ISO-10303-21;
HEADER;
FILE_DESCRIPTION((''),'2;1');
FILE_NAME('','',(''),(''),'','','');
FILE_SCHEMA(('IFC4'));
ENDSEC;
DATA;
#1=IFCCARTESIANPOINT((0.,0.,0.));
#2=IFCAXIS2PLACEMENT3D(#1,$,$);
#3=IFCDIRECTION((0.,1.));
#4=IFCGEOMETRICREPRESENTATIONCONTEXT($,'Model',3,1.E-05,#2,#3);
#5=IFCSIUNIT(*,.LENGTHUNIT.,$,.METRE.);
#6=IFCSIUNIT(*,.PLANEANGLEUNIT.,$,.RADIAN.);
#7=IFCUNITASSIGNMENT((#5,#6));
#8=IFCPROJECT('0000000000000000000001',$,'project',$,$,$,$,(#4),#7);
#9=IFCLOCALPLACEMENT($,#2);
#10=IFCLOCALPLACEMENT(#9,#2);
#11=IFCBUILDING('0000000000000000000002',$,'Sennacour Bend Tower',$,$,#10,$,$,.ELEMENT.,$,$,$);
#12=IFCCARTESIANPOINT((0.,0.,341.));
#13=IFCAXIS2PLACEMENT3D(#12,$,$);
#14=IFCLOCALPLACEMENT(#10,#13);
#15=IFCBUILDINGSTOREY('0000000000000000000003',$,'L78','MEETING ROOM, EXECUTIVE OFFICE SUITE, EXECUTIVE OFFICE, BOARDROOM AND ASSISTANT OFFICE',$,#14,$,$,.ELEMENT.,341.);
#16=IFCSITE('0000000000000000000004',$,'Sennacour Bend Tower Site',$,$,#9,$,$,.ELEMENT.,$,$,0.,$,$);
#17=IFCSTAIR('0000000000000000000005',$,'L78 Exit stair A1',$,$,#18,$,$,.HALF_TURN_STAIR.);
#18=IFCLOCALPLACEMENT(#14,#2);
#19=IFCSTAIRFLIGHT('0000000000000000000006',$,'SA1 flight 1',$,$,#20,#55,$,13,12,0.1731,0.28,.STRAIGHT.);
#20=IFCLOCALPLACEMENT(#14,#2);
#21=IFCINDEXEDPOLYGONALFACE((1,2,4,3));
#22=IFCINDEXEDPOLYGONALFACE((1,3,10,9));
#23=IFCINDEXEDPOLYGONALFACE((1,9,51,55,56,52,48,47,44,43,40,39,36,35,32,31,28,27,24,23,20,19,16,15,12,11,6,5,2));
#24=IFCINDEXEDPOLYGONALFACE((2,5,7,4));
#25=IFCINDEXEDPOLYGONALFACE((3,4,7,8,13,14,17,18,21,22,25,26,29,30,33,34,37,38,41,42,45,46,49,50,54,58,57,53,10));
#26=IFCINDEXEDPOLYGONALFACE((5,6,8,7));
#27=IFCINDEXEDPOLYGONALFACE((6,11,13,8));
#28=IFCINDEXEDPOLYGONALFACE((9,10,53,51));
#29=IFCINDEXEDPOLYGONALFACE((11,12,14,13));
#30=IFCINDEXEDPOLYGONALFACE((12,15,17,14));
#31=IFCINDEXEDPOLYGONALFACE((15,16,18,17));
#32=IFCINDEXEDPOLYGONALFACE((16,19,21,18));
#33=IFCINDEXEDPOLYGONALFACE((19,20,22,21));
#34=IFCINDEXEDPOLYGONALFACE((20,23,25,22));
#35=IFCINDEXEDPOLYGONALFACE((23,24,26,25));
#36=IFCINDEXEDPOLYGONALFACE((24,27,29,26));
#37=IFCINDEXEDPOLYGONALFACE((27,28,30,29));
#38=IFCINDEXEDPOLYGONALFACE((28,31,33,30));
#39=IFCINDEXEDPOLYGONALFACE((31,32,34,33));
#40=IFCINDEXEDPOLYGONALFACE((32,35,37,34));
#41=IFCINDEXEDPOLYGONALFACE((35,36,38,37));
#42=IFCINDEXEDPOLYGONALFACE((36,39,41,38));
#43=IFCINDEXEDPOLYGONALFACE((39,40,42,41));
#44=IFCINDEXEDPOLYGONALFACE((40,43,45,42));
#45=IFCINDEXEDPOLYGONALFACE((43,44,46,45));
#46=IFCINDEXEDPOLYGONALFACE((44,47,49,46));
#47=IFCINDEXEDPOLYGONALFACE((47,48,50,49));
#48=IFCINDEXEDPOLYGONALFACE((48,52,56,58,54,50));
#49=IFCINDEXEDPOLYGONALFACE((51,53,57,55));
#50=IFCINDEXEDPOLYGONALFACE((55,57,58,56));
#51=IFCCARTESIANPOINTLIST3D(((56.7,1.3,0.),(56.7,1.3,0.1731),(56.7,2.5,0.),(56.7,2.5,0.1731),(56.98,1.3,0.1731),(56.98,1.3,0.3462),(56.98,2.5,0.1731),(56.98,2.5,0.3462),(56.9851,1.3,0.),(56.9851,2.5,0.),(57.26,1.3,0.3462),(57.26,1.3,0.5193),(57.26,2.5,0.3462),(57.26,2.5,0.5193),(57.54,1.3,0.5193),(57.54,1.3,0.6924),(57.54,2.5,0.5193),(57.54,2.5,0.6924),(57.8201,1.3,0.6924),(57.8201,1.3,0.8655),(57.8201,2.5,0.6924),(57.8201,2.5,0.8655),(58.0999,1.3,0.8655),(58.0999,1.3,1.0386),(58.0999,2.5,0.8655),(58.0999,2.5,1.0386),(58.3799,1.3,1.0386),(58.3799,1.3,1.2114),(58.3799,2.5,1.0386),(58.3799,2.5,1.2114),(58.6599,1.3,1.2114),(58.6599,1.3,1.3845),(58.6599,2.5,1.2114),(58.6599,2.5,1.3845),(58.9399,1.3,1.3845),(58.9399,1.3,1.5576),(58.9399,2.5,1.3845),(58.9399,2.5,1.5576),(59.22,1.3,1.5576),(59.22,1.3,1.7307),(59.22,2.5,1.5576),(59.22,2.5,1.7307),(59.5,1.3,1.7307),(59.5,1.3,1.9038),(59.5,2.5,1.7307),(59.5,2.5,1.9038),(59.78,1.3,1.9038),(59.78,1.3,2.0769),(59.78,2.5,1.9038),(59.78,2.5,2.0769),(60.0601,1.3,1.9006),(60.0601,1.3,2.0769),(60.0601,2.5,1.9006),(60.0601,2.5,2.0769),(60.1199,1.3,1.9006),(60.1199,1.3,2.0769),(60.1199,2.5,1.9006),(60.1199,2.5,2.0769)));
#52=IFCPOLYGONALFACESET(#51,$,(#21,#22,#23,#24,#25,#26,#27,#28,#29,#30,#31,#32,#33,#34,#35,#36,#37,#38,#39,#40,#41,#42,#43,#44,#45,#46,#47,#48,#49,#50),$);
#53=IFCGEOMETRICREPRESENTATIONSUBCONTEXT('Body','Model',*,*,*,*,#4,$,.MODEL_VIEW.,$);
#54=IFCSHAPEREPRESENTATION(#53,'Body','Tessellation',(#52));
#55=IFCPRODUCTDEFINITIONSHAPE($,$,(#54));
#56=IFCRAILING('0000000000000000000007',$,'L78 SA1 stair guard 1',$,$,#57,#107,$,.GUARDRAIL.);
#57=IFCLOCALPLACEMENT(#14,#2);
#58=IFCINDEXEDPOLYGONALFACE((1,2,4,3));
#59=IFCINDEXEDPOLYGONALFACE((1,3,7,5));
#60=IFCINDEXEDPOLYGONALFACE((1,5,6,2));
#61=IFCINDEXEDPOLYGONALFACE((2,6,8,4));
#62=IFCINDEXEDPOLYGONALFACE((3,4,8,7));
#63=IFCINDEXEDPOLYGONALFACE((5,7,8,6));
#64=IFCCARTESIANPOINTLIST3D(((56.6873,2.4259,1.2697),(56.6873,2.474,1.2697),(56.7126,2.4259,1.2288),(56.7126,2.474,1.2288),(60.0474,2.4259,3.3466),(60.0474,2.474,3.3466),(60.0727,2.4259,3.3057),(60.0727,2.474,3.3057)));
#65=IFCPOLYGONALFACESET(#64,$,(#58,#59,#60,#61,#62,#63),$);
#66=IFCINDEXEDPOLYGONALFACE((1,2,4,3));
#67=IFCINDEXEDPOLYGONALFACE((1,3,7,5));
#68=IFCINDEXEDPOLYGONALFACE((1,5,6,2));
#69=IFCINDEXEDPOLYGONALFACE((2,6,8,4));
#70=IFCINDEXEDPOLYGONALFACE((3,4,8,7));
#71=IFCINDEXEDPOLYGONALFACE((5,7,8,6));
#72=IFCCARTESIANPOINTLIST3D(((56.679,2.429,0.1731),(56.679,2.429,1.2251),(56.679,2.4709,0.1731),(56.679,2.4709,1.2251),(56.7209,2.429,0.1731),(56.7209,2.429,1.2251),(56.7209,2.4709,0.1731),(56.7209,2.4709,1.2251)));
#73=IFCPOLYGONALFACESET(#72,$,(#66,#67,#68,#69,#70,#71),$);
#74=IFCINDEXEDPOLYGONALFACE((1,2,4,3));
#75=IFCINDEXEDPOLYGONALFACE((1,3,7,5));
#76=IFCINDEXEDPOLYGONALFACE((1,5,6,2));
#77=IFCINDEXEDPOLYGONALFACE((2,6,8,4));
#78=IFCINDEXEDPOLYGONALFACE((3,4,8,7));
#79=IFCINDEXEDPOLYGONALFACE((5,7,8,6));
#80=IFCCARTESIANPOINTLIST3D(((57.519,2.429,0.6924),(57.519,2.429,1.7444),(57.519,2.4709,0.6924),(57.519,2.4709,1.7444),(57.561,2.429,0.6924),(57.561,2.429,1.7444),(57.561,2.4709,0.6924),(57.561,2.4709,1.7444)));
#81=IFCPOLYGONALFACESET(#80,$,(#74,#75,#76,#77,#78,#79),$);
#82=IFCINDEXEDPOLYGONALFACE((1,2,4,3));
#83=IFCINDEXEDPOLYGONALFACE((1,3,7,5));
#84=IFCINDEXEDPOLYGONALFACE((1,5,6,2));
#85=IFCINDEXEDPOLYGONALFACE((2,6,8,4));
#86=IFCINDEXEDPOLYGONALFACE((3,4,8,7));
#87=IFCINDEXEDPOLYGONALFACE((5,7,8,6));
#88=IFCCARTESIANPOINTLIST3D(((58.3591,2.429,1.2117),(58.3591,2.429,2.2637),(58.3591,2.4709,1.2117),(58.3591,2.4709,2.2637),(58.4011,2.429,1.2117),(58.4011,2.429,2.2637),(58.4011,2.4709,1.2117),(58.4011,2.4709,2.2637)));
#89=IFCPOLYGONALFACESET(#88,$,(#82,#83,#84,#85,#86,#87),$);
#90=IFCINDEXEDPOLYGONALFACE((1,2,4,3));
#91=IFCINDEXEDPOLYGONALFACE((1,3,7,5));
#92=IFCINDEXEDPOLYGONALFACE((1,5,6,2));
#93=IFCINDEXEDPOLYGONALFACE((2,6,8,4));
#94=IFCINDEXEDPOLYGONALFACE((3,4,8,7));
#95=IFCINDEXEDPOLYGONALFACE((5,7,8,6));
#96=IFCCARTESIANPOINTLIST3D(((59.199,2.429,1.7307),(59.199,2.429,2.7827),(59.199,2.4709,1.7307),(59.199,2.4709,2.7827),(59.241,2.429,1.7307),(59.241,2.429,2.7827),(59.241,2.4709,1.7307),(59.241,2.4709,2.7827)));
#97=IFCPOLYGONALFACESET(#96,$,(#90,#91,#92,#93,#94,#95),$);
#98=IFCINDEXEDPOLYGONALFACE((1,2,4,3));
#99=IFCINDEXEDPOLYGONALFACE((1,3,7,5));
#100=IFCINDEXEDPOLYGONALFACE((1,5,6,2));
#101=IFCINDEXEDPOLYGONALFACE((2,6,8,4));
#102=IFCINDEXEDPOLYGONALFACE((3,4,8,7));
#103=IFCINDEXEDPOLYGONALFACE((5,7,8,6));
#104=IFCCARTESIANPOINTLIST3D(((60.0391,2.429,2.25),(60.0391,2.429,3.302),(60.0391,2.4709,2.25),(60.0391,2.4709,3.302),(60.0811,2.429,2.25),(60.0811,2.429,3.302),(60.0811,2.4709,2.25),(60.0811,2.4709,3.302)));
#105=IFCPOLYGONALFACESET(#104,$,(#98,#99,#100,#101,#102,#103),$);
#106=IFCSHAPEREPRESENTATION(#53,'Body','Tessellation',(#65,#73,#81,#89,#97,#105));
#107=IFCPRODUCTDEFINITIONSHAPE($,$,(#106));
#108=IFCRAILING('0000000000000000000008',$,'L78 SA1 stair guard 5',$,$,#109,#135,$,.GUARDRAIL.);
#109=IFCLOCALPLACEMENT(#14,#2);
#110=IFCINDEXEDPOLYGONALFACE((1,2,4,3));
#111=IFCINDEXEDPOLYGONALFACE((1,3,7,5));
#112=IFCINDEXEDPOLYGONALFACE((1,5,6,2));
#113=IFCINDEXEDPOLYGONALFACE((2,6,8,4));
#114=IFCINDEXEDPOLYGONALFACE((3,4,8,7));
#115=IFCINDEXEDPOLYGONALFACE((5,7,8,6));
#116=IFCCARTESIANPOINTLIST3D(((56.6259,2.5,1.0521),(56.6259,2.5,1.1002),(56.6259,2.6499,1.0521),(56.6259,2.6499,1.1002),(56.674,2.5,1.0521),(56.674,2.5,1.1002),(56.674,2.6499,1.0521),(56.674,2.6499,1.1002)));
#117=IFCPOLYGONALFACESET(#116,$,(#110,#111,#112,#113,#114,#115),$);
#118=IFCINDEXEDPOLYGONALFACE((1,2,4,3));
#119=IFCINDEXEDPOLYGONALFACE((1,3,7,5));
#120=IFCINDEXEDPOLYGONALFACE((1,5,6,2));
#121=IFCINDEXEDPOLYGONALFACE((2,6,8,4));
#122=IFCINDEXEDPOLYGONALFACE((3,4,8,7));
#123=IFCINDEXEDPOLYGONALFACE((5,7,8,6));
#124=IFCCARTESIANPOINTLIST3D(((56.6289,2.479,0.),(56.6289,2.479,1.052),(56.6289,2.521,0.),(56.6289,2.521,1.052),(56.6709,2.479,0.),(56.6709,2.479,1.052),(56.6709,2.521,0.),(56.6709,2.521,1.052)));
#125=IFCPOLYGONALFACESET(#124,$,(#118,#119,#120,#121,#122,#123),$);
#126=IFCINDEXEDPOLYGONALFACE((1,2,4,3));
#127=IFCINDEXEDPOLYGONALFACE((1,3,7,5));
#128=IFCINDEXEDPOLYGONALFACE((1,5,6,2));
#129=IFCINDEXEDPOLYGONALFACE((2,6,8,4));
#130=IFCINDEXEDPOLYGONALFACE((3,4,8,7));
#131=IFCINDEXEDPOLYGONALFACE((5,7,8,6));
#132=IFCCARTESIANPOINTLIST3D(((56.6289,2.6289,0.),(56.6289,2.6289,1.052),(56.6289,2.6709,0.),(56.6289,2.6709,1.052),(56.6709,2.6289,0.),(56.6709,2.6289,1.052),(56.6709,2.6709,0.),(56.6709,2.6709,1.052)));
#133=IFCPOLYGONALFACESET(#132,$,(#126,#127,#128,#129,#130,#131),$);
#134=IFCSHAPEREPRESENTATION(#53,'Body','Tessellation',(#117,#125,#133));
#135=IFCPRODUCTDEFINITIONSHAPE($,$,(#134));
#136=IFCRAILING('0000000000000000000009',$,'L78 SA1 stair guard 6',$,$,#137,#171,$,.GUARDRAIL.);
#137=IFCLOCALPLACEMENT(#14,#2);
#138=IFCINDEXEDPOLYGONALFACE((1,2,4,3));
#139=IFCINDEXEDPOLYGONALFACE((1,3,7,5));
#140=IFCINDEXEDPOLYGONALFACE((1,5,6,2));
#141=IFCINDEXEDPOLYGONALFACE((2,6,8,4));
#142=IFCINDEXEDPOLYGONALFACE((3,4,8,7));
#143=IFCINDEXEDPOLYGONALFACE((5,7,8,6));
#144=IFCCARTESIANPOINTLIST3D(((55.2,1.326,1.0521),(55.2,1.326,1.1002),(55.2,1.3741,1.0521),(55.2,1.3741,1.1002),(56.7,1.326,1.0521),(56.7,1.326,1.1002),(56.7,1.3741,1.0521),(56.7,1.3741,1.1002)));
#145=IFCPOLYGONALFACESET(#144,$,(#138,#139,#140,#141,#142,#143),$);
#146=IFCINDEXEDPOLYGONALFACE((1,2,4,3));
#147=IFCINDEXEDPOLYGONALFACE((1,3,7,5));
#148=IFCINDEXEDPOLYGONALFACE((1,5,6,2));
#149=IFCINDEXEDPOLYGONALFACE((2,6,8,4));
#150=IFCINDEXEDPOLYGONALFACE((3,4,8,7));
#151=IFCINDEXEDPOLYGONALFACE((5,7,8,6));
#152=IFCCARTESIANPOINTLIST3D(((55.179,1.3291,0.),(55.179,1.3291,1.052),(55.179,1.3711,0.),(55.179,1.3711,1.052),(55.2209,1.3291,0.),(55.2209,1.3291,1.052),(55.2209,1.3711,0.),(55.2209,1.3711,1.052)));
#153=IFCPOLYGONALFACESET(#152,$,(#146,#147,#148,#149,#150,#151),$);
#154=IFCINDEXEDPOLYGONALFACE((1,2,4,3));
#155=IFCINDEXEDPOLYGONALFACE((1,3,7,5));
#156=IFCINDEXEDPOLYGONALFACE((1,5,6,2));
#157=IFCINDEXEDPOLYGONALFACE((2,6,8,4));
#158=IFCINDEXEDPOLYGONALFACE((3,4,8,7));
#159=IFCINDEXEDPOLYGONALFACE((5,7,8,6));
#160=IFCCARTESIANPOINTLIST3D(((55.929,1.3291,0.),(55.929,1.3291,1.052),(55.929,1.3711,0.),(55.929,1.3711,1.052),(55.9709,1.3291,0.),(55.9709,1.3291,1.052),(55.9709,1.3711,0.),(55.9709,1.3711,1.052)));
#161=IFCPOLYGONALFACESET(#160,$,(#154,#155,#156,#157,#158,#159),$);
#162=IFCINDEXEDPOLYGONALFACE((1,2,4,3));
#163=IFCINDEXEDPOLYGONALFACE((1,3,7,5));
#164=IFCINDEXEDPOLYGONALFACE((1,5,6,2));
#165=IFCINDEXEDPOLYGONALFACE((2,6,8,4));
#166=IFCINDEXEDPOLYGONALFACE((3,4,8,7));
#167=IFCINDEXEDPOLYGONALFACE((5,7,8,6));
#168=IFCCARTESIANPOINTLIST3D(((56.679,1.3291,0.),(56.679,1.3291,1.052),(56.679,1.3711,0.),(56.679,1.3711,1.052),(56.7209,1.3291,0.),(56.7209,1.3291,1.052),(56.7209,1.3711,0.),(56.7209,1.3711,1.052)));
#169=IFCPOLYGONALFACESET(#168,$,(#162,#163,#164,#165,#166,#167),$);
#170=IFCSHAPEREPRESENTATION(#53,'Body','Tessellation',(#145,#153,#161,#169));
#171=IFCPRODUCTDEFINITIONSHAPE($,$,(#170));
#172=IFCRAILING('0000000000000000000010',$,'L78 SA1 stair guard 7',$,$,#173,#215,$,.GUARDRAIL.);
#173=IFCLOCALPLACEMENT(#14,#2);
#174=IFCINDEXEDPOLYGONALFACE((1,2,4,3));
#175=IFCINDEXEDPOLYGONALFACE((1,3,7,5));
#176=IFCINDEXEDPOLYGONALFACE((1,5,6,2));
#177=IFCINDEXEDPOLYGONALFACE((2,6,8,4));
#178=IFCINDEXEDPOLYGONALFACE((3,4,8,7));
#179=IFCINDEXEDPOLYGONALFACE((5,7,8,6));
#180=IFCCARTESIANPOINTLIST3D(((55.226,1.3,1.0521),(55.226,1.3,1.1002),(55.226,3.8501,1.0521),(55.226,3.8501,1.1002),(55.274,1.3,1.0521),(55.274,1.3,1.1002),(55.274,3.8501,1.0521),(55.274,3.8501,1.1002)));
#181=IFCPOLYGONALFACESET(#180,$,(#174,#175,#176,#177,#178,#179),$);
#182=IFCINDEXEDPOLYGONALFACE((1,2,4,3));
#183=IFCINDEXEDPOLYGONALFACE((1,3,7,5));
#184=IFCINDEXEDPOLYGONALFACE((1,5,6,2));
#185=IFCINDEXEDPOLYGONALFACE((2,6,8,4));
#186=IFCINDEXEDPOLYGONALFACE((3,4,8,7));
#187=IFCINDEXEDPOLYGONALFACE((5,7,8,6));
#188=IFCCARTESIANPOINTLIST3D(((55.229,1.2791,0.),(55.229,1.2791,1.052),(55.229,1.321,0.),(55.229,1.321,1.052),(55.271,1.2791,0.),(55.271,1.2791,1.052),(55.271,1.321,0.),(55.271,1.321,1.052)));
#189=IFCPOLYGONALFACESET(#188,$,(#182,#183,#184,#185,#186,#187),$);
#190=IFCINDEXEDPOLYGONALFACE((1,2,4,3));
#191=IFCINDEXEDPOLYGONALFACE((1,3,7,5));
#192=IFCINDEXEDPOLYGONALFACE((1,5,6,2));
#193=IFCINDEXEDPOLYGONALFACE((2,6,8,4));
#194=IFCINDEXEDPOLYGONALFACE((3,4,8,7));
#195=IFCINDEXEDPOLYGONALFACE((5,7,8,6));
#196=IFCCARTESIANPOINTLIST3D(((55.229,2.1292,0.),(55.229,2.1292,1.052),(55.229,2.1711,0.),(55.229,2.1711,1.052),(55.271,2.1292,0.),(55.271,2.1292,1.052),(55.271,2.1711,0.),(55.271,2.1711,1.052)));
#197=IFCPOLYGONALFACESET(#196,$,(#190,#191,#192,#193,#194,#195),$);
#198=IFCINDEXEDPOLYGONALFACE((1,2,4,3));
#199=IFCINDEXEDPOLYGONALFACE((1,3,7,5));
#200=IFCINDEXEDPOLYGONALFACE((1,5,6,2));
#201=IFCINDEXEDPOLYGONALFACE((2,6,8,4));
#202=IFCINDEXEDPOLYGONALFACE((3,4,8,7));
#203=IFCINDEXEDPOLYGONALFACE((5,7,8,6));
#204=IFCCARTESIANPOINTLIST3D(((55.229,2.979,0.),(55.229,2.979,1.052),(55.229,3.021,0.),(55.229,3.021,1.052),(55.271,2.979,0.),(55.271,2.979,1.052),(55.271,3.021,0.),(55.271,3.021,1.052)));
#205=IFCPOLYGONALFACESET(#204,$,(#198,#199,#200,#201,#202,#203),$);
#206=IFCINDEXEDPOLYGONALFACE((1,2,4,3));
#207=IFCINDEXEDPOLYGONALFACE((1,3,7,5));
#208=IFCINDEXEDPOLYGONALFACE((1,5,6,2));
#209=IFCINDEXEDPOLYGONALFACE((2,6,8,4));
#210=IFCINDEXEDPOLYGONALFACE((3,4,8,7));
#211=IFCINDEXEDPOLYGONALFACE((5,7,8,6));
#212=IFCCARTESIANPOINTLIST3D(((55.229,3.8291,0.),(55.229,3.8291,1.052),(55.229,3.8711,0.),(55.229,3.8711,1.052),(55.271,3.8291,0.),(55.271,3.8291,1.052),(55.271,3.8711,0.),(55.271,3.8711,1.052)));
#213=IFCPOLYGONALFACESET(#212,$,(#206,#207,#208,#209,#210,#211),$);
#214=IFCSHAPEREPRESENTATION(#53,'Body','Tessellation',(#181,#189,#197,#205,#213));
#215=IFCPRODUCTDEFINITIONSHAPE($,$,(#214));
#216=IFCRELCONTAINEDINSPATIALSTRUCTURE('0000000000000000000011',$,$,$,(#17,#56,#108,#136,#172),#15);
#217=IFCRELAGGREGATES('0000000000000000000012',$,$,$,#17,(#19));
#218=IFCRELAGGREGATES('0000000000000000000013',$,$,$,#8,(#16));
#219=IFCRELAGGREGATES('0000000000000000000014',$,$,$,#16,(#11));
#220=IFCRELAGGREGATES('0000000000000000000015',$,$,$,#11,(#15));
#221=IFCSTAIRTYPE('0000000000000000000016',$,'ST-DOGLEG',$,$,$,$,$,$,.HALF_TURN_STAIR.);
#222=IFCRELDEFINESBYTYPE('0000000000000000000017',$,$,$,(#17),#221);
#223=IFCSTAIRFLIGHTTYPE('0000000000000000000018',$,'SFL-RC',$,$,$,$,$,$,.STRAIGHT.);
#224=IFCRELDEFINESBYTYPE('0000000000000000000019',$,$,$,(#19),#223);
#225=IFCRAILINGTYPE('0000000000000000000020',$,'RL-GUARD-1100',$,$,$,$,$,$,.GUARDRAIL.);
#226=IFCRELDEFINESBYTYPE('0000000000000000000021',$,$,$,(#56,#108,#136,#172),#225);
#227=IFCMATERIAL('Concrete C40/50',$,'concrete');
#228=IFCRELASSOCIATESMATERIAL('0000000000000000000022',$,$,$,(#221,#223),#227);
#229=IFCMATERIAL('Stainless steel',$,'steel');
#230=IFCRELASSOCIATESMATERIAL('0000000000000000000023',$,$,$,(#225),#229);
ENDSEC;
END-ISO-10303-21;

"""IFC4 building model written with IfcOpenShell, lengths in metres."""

from ifc_helpers import new_model, si_unit, direction, frame, origin, origin_2d, place, context, subcontext, project, spatial, polyline, rectangle, outline, extrude, material, type_object, element, aggregate, save


model = new_model("IFC4")

# Units and contexts
model_context = context("Model", 3, precision=1e-05, world=origin(), true_north=direction((0.0, 1.0)))
body_context = subcontext(model_context, "Body", "Model", "MODEL_VIEW")
ifc_project = project(units=[si_unit("LENGTHUNIT", "METRE"), si_unit("PLANEANGLEUNIT", "RADIAN")], contexts=[model_context])

# Site, building, storey
site_placement = place(None, origin())
site = spatial("IfcSite", under=ifc_project, at=site_placement, Name="Sennacour Bend Tower Site", CompositionType="ELEMENT", RefElevation=0.0)
building_placement = place(site_placement, origin())
building = spatial("IfcBuilding", under=site, at=building_placement, Name="Sennacour Bend Tower", CompositionType="ELEMENT")
storey_placement = place(building_placement, frame((0.0, 0.0, 341.0)))
storey = spatial("IfcBuildingStorey", under=building, at=storey_placement, Name="L78", Description="MEETING ROOM, EXECUTIVE OFFICE SUITE, EXECUTIVE OFFICE, BOARDROOM AND ASSISTANT OFFICE", CompositionType="ELEMENT", Elevation=341.0)

# Shared definitions
ifc_material_1 = material(Name="Stainless steel", Category="steel")

# Stair, stair flight
ifc_material_2 = material(Name="Concrete C40/50", Category="concrete")
stair_type = type_object("IfcStairType", Name="ST-DOGLEG", PredefinedType="HALF_TURN_STAIR", material=ifc_material_2)
stair_placement = place(storey_placement, origin())
stair = element("IfcStair", 1, at=stair_placement, inside=storey, type_object=stair_type, Name="L78 Exit stair A1", PredefinedType="HALF_TURN_STAIR")
stair_flight_type = type_object("IfcStairFlightType", Name="SFL-RC", PredefinedType="STRAIGHT", material=ifc_material_2)
stair_flight_placement = place(storey_placement, frame((56.7, 1.8999, 0.0), z_axis=(0.0, 0.0, 1.0), x_axis=(1.0, 0.0, 0.0)))
stair_flight = element("IfcStairFlight", 2, at=stair_flight_placement, type_object=stair_flight_type, Name="SA1 flight 1", NumberOfRisers=13, NumberOfTreads=12, PredefinedType="STRAIGHT", RiserHeight=0.1731, TreadLength=0.28, context=body_context, shape_type="SweptSolid", body=[
    extrude(outline(polyline([(0.0, 0.0), (0.0, 0.1731), (0.28, 0.1731), (0.28, 0.3462), (0.5601, 0.3462), (0.5601, 0.5193), (0.8401, 0.5193), (0.8401, 0.6924), (1.1201, 0.6924), (1.1201, 0.8655), (1.3999, 0.8655), (1.3999, 1.0386), (1.6799, 1.0386), (1.6799, 1.2114), (1.96, 1.2114), (1.96, 1.3845), (2.24, 1.3845), (2.24, 1.5576), (2.52, 1.5576), (2.52, 1.7307), (2.8, 1.7307), (2.8, 1.9038), (3.0801, 1.9038), (3.0801, 2.0769), (3.3601, 2.0769), (3.4199, 2.0769), (3.4199, 1.9006), (3.3601, 1.9006), (0.2852, 0.0), (0.0, 0.0)])), frame((0.0, 0.6001, 0.0), z_axis=(0.0, -1.0, 0.0), x_axis=(1.0, 0.0, 0.0)), (0.0, 0.0, 1.0), 1.2),
])
aggregate(stair, [stair_flight])

# Railings
railing_type_1 = type_object("IfcRailingType", Name="RL-GUARD-1100", PredefinedType="GUARDRAIL", material=ifc_material_1)
railing_1_placement = place(storey_placement, frame((56.7, 2.45, 0.1731)))
element("IfcRailing", 3, at=railing_1_placement, inside=storey, type_object=railing_type_1, Name="L78 SA1 stair guard 1", PredefinedType="GUARDRAIL", context=body_context, shape_type="SweptSolid", body=[
    extrude(rectangle(XDim=0.0481, YDim=0.0481, at=origin_2d()), frame((0.0, 0.0, 1.0762), z_axis=(0.850623, 0.0, 0.525776), x_axis=(0.0, 1.0, 0.0)), (0.0, 0.0, 1.0), 3.9502),
    extrude(rectangle(XDim=0.042, YDim=0.042, at=origin_2d()), origin(), (0.0, 0.0, 1.0), 1.052),
    extrude(rectangle(XDim=0.042, YDim=0.042, at=origin_2d()), frame((0.8401, 0.0, 0.5193)), (0.0, 0.0, 1.0), 1.052),
    extrude(rectangle(XDim=0.042, YDim=0.042, at=origin_2d()), frame((1.6802, 0.0, 1.0386)), (0.0, 0.0, 1.0), 1.052),
    extrude(rectangle(XDim=0.042, YDim=0.042, at=origin_2d()), frame((2.52, 0.0, 1.5576)), (0.0, 0.0, 1.0), 1.052),
    extrude(rectangle(XDim=0.042, YDim=0.042, at=origin_2d()), frame((3.3601, 0.0, 2.0769)), (0.0, 0.0, 1.0), 1.052),
])
railing_2_placement = place(storey_placement, frame((56.6499, 2.5, 0.0)))
element("IfcRailing", 4, at=railing_2_placement, inside=storey, type_object=railing_type_1, Name="L78 SA1 stair guard 5", PredefinedType="GUARDRAIL", context=body_context, shape_type="SweptSolid", body=[
    extrude(rectangle(XDim=0.0481, YDim=0.0481, at=origin_2d()), frame((0.0, 0.0, 1.0762), z_axis=(0.0, 1.0, 0.0), x_axis=(-1.0, 0.0, 0.0)), (0.0, 0.0, 1.0), 0.1499),
    extrude(rectangle(XDim=0.042, YDim=0.042, at=origin_2d()), origin(), (0.0, 0.0, 1.0), 1.052),
    extrude(rectangle(XDim=0.042, YDim=0.042, at=origin_2d()), frame((0.0, 0.1499, 0.0)), (0.0, 0.0, 1.0), 1.052),
])
railing_3_placement = place(storey_placement, frame((55.2, 1.3501, 0.0)))
element("IfcRailing", 5, at=railing_3_placement, inside=storey, type_object=railing_type_1, Name="L78 SA1 stair guard 6", PredefinedType="GUARDRAIL", context=body_context, shape_type="SweptSolid", body=[
    extrude(rectangle(XDim=0.0481, YDim=0.0481, at=origin_2d()), frame((0.0, 0.0, 1.0762), z_axis=(1.0, 0.0, 0.0), x_axis=(0.0, 1.0, 0.0)), (0.0, 0.0, 1.0), 1.5),
    extrude(rectangle(XDim=0.042, YDim=0.042, at=origin_2d()), origin(), (0.0, 0.0, 1.0), 1.052),
    extrude(rectangle(XDim=0.042, YDim=0.042, at=origin_2d()), frame((0.75, 0.0, 0.0)), (0.0, 0.0, 1.0), 1.052),
    extrude(rectangle(XDim=0.042, YDim=0.042, at=origin_2d()), frame((1.5, 0.0, 0.0)), (0.0, 0.0, 1.0), 1.052),
])
railing_4_placement = place(storey_placement, frame((55.25, 1.3, 0.0)))
element("IfcRailing", 6, at=railing_4_placement, inside=storey, type_object=railing_type_1, Name="L78 SA1 stair guard 7", PredefinedType="GUARDRAIL", context=body_context, shape_type="SweptSolid", body=[
    extrude(rectangle(XDim=0.0481, YDim=0.0481, at=origin_2d()), frame((0.0, 0.0, 1.0762), z_axis=(0.0, 1.0, 0.0), x_axis=(-1.0, 0.0, 0.0)), (0.0, 0.0, 1.0), 2.55),
    extrude(rectangle(XDim=0.042, YDim=0.042, at=origin_2d()), origin(), (0.0, 0.0, 1.0), 1.052),
    extrude(rectangle(XDim=0.042, YDim=0.042, at=origin_2d()), frame((0.0, 0.8501, 0.0)), (0.0, 0.0, 1.0), 1.052),
    extrude(rectangle(XDim=0.042, YDim=0.042, at=origin_2d()), frame((0.0, 1.7, 0.0)), (0.0, 0.0, 1.0), 1.052),
    extrude(rectangle(XDim=0.042, YDim=0.042, at=origin_2d()), frame((0.0, 2.55, 0.0)), (0.0, 0.0, 1.0), 1.052),
])

save(model, "model.ifc")
